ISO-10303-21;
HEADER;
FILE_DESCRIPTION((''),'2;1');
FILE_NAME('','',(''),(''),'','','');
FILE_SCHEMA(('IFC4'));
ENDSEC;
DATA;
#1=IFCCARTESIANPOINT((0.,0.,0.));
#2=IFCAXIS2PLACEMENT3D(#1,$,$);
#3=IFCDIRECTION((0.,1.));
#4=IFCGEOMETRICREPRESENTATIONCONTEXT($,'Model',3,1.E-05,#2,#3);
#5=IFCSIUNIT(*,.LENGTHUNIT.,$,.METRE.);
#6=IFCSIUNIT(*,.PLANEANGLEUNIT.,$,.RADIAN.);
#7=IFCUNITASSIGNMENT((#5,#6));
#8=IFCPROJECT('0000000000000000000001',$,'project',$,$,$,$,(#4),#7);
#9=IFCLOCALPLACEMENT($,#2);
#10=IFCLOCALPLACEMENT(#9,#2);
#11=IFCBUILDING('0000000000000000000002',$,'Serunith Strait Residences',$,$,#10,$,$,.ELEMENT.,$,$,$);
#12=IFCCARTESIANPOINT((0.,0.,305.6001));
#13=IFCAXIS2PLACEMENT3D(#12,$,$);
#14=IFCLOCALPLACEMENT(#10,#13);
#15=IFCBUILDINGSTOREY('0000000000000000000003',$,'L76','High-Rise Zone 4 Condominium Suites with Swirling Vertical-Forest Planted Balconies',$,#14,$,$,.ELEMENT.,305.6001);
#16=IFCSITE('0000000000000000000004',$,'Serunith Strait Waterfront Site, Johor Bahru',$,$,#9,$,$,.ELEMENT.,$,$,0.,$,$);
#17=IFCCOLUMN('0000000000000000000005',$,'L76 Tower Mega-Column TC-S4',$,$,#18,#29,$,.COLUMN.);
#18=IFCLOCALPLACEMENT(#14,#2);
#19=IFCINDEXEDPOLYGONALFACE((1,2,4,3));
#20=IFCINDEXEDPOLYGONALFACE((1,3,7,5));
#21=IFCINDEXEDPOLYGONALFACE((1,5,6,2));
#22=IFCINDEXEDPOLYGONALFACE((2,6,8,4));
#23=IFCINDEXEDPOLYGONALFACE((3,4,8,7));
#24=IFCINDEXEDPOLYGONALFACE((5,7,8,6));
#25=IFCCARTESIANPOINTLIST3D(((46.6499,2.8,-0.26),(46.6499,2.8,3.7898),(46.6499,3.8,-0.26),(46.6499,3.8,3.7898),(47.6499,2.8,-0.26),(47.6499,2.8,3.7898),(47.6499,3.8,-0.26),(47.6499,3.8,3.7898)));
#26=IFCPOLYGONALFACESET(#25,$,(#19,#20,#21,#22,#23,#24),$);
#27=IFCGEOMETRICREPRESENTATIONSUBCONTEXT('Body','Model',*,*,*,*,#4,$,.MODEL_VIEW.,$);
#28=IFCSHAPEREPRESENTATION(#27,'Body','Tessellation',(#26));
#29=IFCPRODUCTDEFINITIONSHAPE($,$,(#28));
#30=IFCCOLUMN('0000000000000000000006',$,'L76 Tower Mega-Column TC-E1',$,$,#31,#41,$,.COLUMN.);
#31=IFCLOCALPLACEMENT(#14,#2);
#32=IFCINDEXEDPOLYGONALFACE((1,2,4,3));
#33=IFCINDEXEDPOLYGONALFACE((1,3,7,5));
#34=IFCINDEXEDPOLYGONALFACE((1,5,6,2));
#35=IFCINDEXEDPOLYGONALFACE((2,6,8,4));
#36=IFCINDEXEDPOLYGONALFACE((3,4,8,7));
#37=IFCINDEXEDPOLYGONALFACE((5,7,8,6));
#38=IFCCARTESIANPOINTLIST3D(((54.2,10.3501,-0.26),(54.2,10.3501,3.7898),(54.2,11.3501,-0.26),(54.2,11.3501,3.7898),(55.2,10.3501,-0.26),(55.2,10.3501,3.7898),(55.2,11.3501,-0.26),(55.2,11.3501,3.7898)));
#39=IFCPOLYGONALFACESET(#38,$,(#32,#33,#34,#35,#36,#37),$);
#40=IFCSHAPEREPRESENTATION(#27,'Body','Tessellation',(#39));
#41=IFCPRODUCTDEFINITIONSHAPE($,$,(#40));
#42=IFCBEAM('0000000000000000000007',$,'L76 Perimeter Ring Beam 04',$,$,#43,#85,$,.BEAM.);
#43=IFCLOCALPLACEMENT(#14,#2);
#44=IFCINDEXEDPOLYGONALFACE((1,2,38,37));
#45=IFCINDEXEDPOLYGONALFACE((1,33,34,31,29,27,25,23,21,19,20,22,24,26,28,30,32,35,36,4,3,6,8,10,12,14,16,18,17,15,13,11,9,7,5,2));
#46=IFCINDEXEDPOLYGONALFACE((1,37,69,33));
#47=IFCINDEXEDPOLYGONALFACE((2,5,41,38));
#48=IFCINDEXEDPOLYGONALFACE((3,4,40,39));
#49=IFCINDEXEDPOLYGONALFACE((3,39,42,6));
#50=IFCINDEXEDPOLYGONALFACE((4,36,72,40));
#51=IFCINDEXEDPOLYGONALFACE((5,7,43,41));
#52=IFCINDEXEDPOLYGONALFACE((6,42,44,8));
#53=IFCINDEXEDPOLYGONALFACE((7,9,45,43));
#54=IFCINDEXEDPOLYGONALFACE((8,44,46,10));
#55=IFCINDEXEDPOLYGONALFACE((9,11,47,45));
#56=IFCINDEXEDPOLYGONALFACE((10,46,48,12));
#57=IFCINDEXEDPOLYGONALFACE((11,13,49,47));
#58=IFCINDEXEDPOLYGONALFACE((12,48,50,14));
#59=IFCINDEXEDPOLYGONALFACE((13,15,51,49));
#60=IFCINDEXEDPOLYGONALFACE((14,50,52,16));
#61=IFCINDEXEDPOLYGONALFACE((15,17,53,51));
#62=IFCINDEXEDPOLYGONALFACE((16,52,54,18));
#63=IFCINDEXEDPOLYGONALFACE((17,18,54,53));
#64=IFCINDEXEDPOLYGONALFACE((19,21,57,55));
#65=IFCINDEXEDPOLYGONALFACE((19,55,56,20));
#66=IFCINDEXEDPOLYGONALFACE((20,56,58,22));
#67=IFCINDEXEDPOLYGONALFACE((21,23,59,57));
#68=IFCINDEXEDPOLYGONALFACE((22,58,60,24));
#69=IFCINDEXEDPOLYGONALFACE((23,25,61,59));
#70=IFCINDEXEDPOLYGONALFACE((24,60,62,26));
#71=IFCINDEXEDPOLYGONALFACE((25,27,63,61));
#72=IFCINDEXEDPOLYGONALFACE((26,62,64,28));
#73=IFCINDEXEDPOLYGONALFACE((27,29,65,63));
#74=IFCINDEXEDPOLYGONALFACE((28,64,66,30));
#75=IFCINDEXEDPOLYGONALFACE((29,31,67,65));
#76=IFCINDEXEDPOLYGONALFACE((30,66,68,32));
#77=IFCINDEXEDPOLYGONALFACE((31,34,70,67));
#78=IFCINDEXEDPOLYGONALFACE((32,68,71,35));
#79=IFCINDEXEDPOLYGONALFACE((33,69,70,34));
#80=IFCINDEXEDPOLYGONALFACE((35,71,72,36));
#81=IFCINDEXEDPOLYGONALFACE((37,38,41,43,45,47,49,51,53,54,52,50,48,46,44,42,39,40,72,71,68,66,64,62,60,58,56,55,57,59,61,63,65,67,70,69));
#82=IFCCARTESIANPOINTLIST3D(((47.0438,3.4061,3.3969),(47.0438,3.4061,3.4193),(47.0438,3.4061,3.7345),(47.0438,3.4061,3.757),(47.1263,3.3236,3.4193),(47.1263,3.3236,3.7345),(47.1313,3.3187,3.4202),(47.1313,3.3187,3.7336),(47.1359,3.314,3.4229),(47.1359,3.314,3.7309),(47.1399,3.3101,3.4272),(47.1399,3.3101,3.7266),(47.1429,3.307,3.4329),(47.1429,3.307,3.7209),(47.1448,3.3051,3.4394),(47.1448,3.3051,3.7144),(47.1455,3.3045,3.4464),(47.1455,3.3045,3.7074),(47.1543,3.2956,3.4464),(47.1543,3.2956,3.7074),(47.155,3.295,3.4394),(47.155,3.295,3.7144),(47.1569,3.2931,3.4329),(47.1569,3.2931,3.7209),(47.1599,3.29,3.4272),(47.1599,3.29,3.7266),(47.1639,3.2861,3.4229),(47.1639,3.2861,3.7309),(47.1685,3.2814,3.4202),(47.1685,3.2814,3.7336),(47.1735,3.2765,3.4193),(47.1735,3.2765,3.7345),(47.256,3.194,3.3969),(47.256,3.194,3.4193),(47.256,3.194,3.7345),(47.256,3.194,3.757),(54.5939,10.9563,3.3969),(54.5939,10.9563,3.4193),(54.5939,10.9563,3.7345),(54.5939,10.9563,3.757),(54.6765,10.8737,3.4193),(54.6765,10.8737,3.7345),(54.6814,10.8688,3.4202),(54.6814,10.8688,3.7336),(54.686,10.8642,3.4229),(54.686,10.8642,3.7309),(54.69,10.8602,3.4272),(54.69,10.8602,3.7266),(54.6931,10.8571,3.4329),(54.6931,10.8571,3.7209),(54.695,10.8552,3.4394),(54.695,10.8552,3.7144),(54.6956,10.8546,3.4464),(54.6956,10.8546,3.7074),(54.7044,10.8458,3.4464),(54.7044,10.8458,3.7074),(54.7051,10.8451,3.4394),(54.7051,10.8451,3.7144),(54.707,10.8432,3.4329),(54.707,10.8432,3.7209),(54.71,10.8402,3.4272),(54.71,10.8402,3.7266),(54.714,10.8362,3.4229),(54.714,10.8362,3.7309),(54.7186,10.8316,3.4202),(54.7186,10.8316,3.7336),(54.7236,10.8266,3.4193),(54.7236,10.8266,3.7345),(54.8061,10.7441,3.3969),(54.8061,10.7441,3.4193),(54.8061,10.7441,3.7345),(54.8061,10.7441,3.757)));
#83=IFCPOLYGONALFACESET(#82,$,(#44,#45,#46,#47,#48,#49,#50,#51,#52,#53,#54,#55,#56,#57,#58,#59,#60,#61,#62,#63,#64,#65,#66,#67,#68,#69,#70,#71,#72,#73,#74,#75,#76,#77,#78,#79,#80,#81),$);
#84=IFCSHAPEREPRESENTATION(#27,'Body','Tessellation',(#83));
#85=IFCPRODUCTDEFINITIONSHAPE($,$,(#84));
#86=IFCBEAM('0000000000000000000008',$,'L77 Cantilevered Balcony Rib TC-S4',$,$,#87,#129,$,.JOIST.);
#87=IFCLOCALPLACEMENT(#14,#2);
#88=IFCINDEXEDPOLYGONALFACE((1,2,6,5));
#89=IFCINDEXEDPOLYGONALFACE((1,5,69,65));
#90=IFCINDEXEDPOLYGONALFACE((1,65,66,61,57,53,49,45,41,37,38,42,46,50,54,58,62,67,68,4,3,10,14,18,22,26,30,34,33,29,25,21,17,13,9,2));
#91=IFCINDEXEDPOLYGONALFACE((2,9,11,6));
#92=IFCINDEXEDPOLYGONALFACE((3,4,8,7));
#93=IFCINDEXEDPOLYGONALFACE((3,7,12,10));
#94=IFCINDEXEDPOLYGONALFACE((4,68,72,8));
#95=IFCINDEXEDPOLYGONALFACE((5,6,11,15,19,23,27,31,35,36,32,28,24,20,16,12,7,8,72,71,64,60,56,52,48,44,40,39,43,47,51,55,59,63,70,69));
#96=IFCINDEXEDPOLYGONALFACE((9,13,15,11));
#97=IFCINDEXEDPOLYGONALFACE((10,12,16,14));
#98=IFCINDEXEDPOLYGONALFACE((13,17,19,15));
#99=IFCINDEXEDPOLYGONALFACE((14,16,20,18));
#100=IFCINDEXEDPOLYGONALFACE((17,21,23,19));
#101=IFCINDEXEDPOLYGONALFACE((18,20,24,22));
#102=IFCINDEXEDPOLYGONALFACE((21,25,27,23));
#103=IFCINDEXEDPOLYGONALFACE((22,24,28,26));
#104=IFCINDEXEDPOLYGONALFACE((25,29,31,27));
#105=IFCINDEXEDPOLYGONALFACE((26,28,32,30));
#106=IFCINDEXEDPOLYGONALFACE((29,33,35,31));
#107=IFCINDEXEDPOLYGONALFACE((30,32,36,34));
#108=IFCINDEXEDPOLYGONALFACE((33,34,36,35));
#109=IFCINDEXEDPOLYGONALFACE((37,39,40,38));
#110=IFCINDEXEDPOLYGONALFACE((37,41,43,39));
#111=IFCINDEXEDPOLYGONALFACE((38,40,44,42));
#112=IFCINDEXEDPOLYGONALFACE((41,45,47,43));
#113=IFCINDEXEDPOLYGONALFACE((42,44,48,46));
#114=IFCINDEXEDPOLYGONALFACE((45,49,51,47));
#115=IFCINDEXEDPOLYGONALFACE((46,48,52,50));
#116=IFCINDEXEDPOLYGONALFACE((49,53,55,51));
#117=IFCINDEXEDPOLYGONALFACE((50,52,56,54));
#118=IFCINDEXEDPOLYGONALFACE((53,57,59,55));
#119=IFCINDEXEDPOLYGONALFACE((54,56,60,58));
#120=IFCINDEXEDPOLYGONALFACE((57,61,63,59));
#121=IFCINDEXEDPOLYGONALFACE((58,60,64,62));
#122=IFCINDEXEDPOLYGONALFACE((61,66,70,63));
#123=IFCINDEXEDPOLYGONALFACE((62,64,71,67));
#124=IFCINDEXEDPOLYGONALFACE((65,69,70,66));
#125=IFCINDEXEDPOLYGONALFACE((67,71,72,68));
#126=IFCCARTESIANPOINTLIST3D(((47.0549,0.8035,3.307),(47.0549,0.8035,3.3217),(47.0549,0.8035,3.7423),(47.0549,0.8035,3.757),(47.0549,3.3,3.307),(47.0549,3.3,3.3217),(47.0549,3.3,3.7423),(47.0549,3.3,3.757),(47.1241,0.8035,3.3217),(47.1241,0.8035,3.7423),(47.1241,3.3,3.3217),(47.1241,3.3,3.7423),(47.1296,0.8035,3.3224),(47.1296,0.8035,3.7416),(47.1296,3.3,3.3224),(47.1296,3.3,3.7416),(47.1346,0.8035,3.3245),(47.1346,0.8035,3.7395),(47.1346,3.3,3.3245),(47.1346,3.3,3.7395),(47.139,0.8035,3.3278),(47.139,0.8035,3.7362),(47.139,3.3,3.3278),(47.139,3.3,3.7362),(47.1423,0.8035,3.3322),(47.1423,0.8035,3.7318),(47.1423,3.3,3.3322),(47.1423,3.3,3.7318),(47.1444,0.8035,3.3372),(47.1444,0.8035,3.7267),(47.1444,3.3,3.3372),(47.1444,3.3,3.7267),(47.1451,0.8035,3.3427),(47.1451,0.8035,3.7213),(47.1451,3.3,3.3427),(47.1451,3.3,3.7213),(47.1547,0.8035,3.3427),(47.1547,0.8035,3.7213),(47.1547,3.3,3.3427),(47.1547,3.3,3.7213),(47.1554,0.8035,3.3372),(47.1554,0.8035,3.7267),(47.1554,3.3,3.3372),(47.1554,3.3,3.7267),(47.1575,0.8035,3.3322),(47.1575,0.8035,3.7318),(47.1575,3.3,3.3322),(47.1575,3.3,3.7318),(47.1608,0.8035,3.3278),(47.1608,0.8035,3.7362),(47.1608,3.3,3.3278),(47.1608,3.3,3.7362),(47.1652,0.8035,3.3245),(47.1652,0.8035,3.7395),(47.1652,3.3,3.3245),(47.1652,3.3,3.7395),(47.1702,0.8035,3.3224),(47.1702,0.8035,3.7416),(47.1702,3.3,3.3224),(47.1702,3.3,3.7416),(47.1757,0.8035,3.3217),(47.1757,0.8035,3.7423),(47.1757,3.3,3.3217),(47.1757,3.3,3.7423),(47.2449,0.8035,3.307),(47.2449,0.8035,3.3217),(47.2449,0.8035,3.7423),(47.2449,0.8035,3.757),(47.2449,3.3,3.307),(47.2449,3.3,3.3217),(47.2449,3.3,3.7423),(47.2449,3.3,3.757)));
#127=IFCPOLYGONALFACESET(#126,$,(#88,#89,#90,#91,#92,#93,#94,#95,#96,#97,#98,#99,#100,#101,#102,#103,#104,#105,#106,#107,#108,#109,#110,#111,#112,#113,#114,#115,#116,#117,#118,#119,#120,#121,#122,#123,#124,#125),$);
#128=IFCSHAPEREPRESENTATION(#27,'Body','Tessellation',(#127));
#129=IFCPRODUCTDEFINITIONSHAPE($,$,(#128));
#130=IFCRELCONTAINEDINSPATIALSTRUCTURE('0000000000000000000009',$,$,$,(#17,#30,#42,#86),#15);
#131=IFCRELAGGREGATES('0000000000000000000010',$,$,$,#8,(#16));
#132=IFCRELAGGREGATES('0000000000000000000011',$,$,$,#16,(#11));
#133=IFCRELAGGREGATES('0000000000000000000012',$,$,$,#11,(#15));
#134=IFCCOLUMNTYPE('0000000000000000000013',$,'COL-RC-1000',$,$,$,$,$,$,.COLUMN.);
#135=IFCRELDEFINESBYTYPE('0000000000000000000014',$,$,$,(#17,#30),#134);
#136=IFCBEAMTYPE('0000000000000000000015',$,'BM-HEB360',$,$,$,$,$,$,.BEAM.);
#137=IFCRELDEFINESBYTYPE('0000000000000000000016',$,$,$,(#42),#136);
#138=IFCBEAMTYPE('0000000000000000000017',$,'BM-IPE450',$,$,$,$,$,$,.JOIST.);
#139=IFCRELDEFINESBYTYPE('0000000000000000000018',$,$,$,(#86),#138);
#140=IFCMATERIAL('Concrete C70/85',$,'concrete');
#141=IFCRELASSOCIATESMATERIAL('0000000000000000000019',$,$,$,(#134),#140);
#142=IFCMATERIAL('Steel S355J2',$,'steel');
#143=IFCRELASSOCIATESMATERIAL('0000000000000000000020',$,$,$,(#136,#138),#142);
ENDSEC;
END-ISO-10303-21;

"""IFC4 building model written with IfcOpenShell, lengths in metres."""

from ifc_helpers import new_model, si_unit, direction, frame, origin, origin_2d, place, context, subcontext, project, spatial, rectangle, i_section, extrude, source, transform, mapped, material, material_profile, profile_set, type_object, element, save


model = new_model("IFC4")

# Units and contexts
model_context = context("Model", 3, precision=1e-05, world=origin(), true_north=direction((0.0, 1.0)))
body_context = subcontext(model_context, "Body", "Model", "MODEL_VIEW")
ifc_project = project(units=[si_unit("LENGTHUNIT", "METRE"), si_unit("PLANEANGLEUNIT", "RADIAN")], contexts=[model_context])

# Site, building, storey
site_placement = place(None, origin())
site = spatial("IfcSite", under=ifc_project, at=site_placement, Name="Serunith Strait Waterfront Site, Johor Bahru", CompositionType="ELEMENT", RefElevation=0.0)
building_placement = place(site_placement, origin())
building = spatial("IfcBuilding", under=site, at=building_placement, Name="Serunith Strait Residences", CompositionType="ELEMENT")
storey_placement = place(building_placement, frame((0.0, 0.0, 305.6001)))
storey = spatial("IfcBuildingStorey", under=building, at=storey_placement, Name="L76", Description="High-Rise Zone 4 Condominium Suites with Swirling Vertical-Forest Planted Balconies", CompositionType="ELEMENT", Elevation=305.6001)

# Columns
ifc_material_1 = material(Name="Concrete C70/85", Category="concrete")
ifc_material_profile_1 = material_profile(ifc_material_1, rectangle(XDim=1.0, YDim=1.0, at=origin_2d()), Name="RC 1000x1000")
ifc_profile_set_1 = profile_set([ifc_material_profile_1], Name="Concrete C70/85")
column_type = type_object("IfcColumnType", Name="COL-RC-1000", PredefinedType="COLUMN", material=ifc_profile_set_1)
shared_shape_1 = source(origin(), body_context, "Body", "SweptSolid", [
    extrude(rectangle(XDim=1.0, YDim=1.0, at=origin_2d()), origin(), (0.0, 0.0, 1.0), 4.0498),
])
for number, where, z_axis, x_axis, name in (
    (1, (47.1499, 3.3, -0.26), (0.0, 0.0, 1.0), (1.0, 0.0, 0.0), "L76 Tower Mega-Column TC-S4"),
    (2, (54.7, 10.8501, -0.26), (0.0, 0.0, 1.0), (1.0, 0.0, 0.0), "L76 Tower Mega-Column TC-E1"),
):
    element("IfcColumn", number, at=place(storey_placement, frame(where, z_axis=z_axis, x_axis=x_axis)), inside=storey, type_object=column_type, Name=name, PredefinedType="COLUMN", context=body_context, shape_type="MappedRepresentation", body=[
        mapped(shared_shape_1, transform((0.0, 0.0, 0.0), scale=1.0)),
    ])

# Beams
ifc_material_2 = material(Name="Steel S355J2", Category="steel")
ifc_material_profile_2 = material_profile(ifc_material_2, i_section(OverallWidth=0.3, OverallDepth=0.3601, WebThickness=0.0125, FlangeThickness=0.0225, FilletRadius=0.0271, at=origin_2d()), Name="HEB 360")
ifc_profile_set_2 = profile_set([ifc_material_profile_2], Name="Steel S355J2")
beam_type_1 = type_object("IfcBeamType", Name="BM-HEB360", PredefinedType="BEAM", material=ifc_profile_set_2)
shared_shape_2 = source(origin(), body_context, "Body", "SweptSolid", [
    extrude(i_section(OverallWidth=0.3, OverallDepth=0.3601, WebThickness=0.0125, FlangeThickness=0.0225, FilletRadius=0.0271, at=origin_2d()), origin(), (0.0, 0.0, 1.0), 10.6775),
])
beam_1_placement = place(storey_placement, frame((47.1499, 3.3, 3.5769), z_axis=(0.707107, 0.707107, 0.0), x_axis=(-0.707107, 0.707107, 0.0)))
element("IfcBeam", 3, at=beam_1_placement, inside=storey, type_object=beam_type_1, Name="L76 Perimeter Ring Beam 04", PredefinedType="BEAM", context=body_context, shape_type="MappedRepresentation", body=[
    mapped(shared_shape_2, transform((0.0, 0.0, 0.0), scale=1.0)),
])
ifc_material_profile_3 = material_profile(ifc_material_2, i_section(OverallWidth=0.1899, OverallDepth=0.45, WebThickness=0.0095, FlangeThickness=0.0146, FilletRadius=0.021, at=origin_2d()), Name="IPE 450")
ifc_profile_set_3 = profile_set([ifc_material_profile_3], Name="Steel S355J2")
beam_type_2 = type_object("IfcBeamType", Name="BM-IPE450", PredefinedType="JOIST", material=ifc_profile_set_3)
shared_shape_3 = source(origin(), body_context, "Body", "SweptSolid", [
    extrude(i_section(OverallWidth=0.1899, OverallDepth=0.45, WebThickness=0.0095, FlangeThickness=0.0146, FilletRadius=0.021, at=origin_2d()), origin(), (0.0, 0.0, 1.0), 2.4966),
])
beam_2_placement = place(storey_placement, frame((47.1499, 3.3, 3.532), z_axis=(0.0, -1.0, 0.0), x_axis=(1.0, 0.0, 0.0)))
element("IfcBeam", 4, at=beam_2_placement, inside=storey, type_object=beam_type_2, Name="L77 Cantilevered Balcony Rib TC-S4", PredefinedType="JOIST", context=body_context, shape_type="MappedRepresentation", body=[
    mapped(shared_shape_3, transform((0.0, 0.0, 0.0), scale=1.0)),
])

save(model, "model.ifc")
